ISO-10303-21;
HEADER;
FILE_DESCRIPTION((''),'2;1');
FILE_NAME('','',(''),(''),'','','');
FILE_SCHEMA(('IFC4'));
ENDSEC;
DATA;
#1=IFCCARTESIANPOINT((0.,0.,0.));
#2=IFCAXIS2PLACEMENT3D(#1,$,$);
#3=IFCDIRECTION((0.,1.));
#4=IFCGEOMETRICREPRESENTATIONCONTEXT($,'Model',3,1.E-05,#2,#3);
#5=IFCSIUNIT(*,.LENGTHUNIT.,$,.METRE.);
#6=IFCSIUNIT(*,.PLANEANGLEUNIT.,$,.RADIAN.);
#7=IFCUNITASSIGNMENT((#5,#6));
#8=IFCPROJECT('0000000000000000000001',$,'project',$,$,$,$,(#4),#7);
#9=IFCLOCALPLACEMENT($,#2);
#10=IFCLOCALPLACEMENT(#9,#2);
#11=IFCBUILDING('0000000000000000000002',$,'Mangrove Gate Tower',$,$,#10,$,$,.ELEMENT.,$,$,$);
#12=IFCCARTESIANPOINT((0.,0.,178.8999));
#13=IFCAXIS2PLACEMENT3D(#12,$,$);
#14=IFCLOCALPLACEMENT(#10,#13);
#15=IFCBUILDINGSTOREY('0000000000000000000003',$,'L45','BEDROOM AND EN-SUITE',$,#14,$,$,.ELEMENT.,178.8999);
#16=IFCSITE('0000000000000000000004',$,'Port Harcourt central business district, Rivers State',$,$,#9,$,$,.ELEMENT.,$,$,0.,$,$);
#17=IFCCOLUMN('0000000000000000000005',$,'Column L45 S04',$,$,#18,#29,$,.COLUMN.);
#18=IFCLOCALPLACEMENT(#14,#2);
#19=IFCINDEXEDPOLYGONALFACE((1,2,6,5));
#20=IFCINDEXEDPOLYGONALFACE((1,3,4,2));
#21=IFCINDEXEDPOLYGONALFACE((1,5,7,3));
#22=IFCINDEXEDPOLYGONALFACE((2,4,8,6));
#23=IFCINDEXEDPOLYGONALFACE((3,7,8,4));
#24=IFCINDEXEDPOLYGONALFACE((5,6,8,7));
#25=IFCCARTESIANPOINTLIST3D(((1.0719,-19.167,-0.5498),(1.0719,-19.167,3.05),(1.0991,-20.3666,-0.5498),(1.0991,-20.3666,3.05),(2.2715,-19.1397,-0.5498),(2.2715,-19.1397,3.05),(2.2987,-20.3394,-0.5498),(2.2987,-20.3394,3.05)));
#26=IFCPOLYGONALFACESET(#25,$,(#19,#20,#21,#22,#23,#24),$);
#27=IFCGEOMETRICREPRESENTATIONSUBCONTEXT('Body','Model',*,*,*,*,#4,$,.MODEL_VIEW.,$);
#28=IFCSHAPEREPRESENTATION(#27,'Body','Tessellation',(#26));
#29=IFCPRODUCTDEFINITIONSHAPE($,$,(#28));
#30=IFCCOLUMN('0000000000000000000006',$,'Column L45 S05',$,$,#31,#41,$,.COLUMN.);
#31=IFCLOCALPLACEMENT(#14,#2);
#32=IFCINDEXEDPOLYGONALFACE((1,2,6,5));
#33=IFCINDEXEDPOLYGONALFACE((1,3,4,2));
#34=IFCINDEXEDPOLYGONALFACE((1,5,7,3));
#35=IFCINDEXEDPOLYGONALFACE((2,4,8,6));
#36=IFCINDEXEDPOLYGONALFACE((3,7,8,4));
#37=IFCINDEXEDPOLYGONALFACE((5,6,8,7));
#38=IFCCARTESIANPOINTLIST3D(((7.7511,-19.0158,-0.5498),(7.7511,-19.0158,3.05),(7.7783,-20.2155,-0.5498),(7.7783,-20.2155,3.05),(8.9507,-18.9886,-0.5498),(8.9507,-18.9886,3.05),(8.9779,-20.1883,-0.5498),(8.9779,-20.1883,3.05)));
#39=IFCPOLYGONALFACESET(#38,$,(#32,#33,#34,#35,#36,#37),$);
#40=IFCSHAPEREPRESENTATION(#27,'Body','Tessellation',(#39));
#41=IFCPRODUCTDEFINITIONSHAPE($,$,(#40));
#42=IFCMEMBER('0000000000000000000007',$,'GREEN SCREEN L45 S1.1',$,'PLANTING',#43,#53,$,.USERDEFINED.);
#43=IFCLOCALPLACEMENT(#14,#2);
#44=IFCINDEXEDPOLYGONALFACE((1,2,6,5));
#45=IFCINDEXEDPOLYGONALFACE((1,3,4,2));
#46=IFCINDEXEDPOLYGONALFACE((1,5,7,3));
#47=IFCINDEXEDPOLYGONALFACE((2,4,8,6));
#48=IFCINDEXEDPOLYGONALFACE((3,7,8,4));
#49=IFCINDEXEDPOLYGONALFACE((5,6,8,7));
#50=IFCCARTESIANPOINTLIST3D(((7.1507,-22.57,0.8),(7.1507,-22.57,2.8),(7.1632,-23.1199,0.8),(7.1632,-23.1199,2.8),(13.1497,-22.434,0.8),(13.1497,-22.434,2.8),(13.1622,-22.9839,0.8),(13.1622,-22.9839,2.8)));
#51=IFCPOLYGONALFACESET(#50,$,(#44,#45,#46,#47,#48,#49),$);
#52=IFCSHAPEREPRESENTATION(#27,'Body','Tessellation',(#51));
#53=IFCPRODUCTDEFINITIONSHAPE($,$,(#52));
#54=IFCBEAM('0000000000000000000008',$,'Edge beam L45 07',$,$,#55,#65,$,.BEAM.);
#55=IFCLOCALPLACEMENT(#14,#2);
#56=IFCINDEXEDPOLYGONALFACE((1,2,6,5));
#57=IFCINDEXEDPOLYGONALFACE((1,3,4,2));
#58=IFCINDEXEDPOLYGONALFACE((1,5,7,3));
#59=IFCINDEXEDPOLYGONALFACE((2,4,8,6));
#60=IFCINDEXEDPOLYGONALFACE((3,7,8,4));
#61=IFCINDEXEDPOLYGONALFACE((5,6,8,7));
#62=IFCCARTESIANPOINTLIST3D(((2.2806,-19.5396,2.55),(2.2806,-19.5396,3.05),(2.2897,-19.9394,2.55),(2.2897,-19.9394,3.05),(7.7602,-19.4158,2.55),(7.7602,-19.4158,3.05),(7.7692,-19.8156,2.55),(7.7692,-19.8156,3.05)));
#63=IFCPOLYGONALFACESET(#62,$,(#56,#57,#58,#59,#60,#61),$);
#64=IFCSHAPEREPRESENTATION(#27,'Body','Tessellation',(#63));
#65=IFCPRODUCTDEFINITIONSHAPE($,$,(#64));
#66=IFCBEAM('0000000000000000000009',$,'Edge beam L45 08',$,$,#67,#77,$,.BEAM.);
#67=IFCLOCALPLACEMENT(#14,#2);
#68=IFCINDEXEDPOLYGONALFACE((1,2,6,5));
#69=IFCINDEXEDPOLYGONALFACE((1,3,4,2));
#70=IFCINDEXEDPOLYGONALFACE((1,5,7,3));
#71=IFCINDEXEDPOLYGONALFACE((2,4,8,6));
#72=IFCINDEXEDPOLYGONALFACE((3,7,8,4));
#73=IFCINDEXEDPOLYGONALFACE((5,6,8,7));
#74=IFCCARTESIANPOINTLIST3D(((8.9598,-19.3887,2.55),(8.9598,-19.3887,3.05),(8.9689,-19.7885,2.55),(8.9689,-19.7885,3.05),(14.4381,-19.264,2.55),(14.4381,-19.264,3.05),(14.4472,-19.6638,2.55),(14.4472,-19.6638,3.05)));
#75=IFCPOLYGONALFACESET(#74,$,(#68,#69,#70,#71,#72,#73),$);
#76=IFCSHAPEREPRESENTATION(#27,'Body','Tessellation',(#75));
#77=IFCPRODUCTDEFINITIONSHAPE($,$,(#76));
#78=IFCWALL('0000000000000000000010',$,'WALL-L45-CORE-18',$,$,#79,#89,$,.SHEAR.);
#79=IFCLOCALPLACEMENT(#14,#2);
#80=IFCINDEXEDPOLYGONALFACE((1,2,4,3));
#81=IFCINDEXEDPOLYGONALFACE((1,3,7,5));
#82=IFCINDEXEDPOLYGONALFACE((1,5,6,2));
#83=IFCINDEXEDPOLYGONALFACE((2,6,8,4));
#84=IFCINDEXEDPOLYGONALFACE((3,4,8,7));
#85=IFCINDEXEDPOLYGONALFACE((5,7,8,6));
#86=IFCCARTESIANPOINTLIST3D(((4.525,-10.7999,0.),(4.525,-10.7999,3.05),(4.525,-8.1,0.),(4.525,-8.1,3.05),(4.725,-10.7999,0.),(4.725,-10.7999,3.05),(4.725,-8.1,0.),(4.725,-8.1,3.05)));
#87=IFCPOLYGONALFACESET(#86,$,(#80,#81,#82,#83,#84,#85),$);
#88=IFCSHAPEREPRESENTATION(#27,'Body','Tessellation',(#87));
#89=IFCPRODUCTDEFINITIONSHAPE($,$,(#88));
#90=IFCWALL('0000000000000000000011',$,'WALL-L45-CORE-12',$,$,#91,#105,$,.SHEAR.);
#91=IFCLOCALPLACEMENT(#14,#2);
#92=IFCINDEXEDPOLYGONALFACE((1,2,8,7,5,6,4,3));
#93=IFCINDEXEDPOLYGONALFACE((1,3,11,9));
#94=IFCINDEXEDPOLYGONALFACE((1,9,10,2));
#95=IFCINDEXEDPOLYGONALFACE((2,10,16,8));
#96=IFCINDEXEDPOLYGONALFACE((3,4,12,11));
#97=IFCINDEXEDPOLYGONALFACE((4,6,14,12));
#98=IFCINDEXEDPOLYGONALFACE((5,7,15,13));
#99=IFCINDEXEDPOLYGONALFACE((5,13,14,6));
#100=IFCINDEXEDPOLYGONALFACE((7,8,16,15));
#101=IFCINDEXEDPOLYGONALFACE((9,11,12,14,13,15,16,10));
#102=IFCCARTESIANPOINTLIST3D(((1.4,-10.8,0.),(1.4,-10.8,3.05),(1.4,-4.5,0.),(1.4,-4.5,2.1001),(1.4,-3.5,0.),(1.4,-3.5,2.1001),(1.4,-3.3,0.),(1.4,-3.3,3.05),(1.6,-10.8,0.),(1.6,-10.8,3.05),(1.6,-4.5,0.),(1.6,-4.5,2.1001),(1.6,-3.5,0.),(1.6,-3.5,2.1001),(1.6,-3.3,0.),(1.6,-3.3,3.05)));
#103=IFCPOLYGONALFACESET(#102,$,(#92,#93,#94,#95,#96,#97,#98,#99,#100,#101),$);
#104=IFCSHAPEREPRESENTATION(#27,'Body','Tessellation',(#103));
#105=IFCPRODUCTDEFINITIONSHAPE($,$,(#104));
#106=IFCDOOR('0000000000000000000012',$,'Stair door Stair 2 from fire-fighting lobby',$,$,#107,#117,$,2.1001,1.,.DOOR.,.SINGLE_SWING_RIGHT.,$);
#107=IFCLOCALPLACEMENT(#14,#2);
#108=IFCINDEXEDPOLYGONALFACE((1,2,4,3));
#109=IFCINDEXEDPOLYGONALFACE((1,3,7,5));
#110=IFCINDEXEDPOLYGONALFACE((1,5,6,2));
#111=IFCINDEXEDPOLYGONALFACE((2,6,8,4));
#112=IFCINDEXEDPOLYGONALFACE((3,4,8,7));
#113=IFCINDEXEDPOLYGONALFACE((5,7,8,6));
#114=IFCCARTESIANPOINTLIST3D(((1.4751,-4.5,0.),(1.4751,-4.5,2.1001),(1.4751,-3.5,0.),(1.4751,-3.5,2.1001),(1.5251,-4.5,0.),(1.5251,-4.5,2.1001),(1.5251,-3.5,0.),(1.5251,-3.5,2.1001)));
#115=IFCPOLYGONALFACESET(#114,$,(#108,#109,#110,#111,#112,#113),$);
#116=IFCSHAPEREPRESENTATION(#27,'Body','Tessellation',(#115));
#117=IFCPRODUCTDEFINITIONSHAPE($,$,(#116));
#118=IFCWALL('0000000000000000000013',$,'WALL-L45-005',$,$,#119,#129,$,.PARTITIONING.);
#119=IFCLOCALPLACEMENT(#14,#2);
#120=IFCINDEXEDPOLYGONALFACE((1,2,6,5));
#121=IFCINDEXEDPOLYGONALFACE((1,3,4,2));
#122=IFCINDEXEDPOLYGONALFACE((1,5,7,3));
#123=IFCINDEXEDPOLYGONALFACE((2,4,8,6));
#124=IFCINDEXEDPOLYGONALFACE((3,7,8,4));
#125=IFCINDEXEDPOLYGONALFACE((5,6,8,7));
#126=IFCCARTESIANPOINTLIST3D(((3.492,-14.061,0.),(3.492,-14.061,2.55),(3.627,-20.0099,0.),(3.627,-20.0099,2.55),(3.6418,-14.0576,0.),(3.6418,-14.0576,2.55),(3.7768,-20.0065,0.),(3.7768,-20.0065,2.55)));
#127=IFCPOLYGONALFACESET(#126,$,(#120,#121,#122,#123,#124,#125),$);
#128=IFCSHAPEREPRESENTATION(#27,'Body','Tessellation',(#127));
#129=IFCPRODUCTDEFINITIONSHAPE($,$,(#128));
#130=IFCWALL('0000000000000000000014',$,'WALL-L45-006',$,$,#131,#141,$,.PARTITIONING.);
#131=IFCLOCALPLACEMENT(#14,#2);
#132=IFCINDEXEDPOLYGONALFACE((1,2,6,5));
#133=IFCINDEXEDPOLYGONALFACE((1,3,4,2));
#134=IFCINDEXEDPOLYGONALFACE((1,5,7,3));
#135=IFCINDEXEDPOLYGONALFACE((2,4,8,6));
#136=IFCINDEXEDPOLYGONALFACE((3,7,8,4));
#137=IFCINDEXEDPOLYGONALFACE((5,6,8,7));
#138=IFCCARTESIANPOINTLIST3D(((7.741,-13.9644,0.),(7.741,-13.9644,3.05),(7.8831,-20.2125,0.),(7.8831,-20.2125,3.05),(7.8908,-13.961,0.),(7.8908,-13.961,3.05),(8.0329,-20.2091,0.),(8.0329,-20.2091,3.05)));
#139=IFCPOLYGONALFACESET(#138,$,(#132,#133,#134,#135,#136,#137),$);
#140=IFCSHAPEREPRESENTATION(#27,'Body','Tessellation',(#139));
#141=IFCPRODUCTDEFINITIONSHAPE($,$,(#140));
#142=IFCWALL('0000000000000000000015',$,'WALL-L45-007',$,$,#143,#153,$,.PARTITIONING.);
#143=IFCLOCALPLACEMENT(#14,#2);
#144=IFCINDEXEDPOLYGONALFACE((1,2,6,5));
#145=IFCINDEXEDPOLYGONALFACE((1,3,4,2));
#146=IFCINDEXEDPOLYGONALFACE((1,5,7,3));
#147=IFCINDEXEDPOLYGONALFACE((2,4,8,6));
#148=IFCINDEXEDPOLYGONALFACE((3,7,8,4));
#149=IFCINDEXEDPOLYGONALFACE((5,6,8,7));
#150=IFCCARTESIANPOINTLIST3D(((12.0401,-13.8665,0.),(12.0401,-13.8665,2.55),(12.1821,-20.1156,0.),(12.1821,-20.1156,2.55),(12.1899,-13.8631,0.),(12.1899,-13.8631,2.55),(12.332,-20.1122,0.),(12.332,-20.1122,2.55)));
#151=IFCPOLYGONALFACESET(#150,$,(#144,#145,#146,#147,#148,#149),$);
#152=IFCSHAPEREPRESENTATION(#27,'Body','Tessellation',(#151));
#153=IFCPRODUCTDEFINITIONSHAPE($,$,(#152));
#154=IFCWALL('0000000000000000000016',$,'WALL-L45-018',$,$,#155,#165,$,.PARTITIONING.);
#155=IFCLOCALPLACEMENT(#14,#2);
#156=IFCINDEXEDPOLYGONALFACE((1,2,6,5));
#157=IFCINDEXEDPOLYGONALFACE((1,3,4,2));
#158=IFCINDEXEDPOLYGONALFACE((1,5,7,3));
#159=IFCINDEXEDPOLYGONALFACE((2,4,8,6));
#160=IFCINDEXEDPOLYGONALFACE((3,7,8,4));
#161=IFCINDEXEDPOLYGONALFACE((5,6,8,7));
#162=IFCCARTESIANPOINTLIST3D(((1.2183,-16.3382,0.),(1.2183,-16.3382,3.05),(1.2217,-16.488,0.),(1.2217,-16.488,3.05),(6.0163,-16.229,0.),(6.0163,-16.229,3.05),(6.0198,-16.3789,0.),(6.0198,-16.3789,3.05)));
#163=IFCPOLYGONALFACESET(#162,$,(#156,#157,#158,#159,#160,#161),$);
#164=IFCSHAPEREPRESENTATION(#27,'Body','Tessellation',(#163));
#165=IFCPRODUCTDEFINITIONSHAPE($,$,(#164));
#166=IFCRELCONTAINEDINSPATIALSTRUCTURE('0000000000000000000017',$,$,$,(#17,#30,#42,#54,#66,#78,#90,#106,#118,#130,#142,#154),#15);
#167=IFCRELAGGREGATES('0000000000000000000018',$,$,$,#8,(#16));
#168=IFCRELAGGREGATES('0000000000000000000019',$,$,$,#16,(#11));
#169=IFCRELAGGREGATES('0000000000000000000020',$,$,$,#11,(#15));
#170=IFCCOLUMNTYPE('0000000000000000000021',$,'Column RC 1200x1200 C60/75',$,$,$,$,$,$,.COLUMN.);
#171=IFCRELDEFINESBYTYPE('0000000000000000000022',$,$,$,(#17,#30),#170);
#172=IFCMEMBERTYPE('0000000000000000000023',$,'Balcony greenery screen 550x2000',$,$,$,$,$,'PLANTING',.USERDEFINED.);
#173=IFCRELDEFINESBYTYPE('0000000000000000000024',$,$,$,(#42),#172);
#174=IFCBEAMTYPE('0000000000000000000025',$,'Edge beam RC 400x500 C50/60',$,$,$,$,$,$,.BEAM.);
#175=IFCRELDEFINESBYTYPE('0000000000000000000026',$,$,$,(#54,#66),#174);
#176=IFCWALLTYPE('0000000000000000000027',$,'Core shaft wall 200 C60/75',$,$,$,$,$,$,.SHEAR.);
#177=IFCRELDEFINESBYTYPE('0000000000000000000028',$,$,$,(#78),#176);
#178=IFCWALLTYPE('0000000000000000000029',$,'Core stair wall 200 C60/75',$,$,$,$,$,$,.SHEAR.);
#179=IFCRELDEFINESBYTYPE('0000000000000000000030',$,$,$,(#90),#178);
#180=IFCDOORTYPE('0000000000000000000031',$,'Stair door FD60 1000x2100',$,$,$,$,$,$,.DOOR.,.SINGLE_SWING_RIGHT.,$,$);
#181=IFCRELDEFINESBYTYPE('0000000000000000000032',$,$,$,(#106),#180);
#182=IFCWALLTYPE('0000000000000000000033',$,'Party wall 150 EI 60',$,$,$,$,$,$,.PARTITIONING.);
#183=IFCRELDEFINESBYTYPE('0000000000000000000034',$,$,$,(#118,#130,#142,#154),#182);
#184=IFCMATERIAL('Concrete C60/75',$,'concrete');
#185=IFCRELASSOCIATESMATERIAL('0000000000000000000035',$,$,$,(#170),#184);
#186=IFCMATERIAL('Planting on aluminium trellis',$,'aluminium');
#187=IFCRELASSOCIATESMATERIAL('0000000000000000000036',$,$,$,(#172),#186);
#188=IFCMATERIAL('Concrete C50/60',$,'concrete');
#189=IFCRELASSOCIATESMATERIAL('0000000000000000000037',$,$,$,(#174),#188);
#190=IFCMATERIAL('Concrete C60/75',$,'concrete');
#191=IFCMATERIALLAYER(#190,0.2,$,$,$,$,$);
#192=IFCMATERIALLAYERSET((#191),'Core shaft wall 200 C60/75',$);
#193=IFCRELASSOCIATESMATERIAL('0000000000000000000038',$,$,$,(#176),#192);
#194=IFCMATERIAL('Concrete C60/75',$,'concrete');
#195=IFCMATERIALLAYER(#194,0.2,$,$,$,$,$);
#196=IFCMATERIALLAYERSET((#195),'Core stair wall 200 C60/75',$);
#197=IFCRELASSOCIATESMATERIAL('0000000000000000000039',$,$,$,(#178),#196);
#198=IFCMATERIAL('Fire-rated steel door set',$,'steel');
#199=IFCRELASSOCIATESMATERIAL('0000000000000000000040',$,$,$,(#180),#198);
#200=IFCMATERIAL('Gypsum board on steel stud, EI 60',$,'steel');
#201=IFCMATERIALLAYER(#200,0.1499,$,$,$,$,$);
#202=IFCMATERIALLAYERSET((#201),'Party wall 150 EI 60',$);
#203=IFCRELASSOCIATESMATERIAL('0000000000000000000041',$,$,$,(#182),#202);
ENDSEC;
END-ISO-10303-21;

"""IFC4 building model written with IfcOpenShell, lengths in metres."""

from ifc_helpers import new_model, si_unit, direction, frame, frame_2d, origin, origin_2d, place, context, subcontext, project, spatial, rectangle, extrude, material, layer, layer_set, material_profile, profile_set, type_object, element, fill, save


model = new_model("IFC4")

# Units and contexts
model_context = context("Model", 3, precision=1e-05, world=origin(), true_north=direction((0.0, 1.0)))
body_context = subcontext(model_context, "Body", "Model", "MODEL_VIEW")
ifc_project = project(units=[si_unit("LENGTHUNIT", "METRE"), si_unit("PLANEANGLEUNIT", "RADIAN")], contexts=[model_context])

# Site, building, storey
site_placement = place(None, origin())
site = spatial("IfcSite", under=ifc_project, at=site_placement, Name="Port Harcourt central business district, Rivers State", CompositionType="ELEMENT", RefElevation=0.0)
building_placement = place(site_placement, origin())
building = spatial("IfcBuilding", under=site, at=building_placement, Name="Mangrove Gate Tower", CompositionType="ELEMENT")
storey_placement = place(building_placement, frame((0.0, 0.0, 178.8999)))
storey = spatial("IfcBuildingStorey", under=building, at=storey_placement, Name="L45", Description="BEDROOM AND EN-SUITE", CompositionType="ELEMENT", Elevation=178.8999)

# Columns
ifc_material_1 = material(Name="Concrete C60/75", Category="concrete")
ifc_material_profile_1 = material_profile(ifc_material_1, rectangle(XDim=1.2, YDim=1.2, at=origin_2d()))
ifc_profile_set_1 = profile_set([ifc_material_profile_1], Name="Concrete C60/75")
column_type = type_object("IfcColumnType", Name="Column RC 1200x1200 C60/75", PredefinedType="COLUMN", material=ifc_profile_set_1)
for number, where, z_axis, x_axis, name in (
    (1, (1.6853, -19.7532, -0.5498), (0.0, 0.0, 1.0), (0.999743, 0.022679, 0.0), "Column L45 S04"),
    (2, (8.3645, -19.6021, -0.5498), (0.0, 0.0, 1.0), (0.999743, 0.022679, 0.0), "Column L45 S05"),
):
    element("IfcColumn", number, at=place(storey_placement, frame(where, z_axis=z_axis, x_axis=x_axis)), inside=storey, type_object=column_type, Name=name, PredefinedType="COLUMN", context=body_context, shape_type="SweptSolid", body=[
        extrude(rectangle(XDim=1.2, YDim=1.2, at=origin_2d()), origin(), (0.0, 0.0, 1.0), 3.5999),
    ])

# Member
ifc_material_2 = material(Name="Planting on aluminium trellis", Category="aluminium")
ifc_material_profile_2 = material_profile(ifc_material_2, rectangle(XDim=0.55, YDim=2.0, at=origin_2d()))
ifc_profile_set_2 = profile_set([ifc_material_profile_2], Name="Planting on aluminium trellis")
member_type = type_object("IfcMemberType", Name="Balcony greenery screen 550x2000", ElementType="PLANTING", PredefinedType="USERDEFINED", material=ifc_profile_set_2)
member_placement = place(storey_placement, frame((7.157, -22.845, 1.8), z_axis=(0.999743, 0.022662, 0.0), x_axis=(-0.022662, 0.999743, 0.0)))
element("IfcMember", 3, at=member_placement, inside=storey, type_object=member_type, Name="GREEN SCREEN L45 S1.1", ObjectType="PLANTING", PredefinedType="USERDEFINED", context=body_context, shape_type="SweptSolid", body=[
    extrude(rectangle(XDim=0.55, YDim=2.0, at=origin_2d()), origin(), (0.0, 0.0, 1.0), 6.0005),
])

# Beams
ifc_material_3 = material(Name="Concrete C50/60", Category="concrete")
ifc_material_profile_3 = material_profile(ifc_material_3, rectangle(XDim=0.3999, YDim=0.5, at=origin_2d()))
ifc_profile_set_3 = profile_set([ifc_material_profile_3], Name="Concrete C50/60")
beam_type = type_object("IfcBeamType", Name="Edge beam RC 400x500 C50/60", PredefinedType="BEAM", material=ifc_profile_set_3)
beam_1_placement = place(storey_placement, frame((2.2852, -19.7395, 2.8), z_axis=(0.999745, 0.022584, 0.0), x_axis=(-0.022584, 0.999745, 0.0)))
element("IfcBeam", 4, at=beam_1_placement, inside=storey, type_object=beam_type, Name="Edge beam L45 07", PredefinedType="BEAM", context=body_context, shape_type="SweptSolid", body=[
    extrude(rectangle(XDim=0.3999, YDim=0.5, at=origin_2d()), origin(), (0.0, 0.0, 1.0), 5.481),
])
beam_2_placement = place(storey_placement, frame((8.9644, -19.5886, 2.8), z_axis=(0.999741, 0.022767, 0.0), x_axis=(-0.022767, 0.999741, 0.0)))
element("IfcBeam", 5, at=beam_2_placement, inside=storey, type_object=beam_type, Name="Edge beam L45 08", PredefinedType="BEAM", context=body_context, shape_type="SweptSolid", body=[
    extrude(rectangle(XDim=0.3999, YDim=0.5, at=origin_2d()), origin(), (0.0, 0.0, 1.0), 5.4797),
])

# Wall
ifc_material_4 = material(Name="Concrete C60/75", Category="concrete")
ifc_layer_1 = layer(ifc_material_4, 0.2)
ifc_layer_set_1 = layer_set([ifc_layer_1], Name="Core shaft wall 200 C60/75")
wall_type_1 = type_object("IfcWallType", Name="Core shaft wall 200 C60/75", PredefinedType="SHEAR", material=ifc_layer_set_1)
wall_1_placement = place(storey_placement, frame((4.625, -10.8, 0.0), z_axis=(0.0, 0.0, 1.0), x_axis=(0.0, 1.0, 0.0)))
element("IfcWall", 6, at=wall_1_placement, inside=storey, type_object=wall_type_1, Name="WALL-L45-CORE-18", PredefinedType="SHEAR", context=body_context, shape_type="SweptSolid", body=[
    extrude(rectangle(XDim=2.7, YDim=0.2, at=frame_2d((1.3501, 0.0))), origin(), (0.0, 0.0, 1.0), 3.05),
])

# Wall, opening, door
ifc_material_5 = material(Name="Concrete C60/75", Category="concrete")
ifc_layer_2 = layer(ifc_material_5, 0.2)
ifc_layer_set_2 = layer_set([ifc_layer_2], Name="Core stair wall 200 C60/75")
wall_type_2 = type_object("IfcWallType", Name="Core stair wall 200 C60/75", PredefinedType="SHEAR", material=ifc_layer_set_2)
wall_2_placement = place(storey_placement, frame((1.5, -10.8, 0.0), z_axis=(0.0, 0.0, 1.0), x_axis=(0.0, 1.0, 0.0)))
wall_2 = element("IfcWall", 7, at=wall_2_placement, inside=storey, type_object=wall_type_2, Name="WALL-L45-CORE-12", PredefinedType="SHEAR", context=body_context, shape_type="SweptSolid", body=[
    extrude(rectangle(XDim=7.5, YDim=0.2, at=frame_2d((3.75, 0.0))), origin(), (0.0, 0.0, 1.0), 3.05),
])
opening_1_placement = place(wall_2_placement, frame((6.3, 0.0, 0.0)))
opening_1 = element("IfcOpeningElement", 8, at=opening_1_placement, cuts=wall_2, PredefinedType="OPENING", context=body_context, shape_type="SweptSolid", body=[
    extrude(rectangle(XDim=1.0, YDim=2.1001, at=frame_2d((0.5, 1.05))), frame((0.0, 0.1099, 0.0), z_axis=(0.0, -1.0, 0.0), x_axis=(1.0, 0.0, 0.0)), (0.0, 0.0, 1.0), 0.22),
])
ifc_material_6 = material(Name="Fire-rated steel door set", Category="steel")
door_type_1 = type_object("IfcDoorType", Name="Stair door FD60 1000x2100", OperationType="SINGLE_SWING_RIGHT", PredefinedType="DOOR", material=ifc_material_6)
door_1_placement = place(opening_1_placement, origin())
door_1 = element("IfcDoor", 9, at=door_1_placement, inside=storey, type_object=door_type_1, Name="Stair door Stair 2 from fire-fighting lobby", OperationType="SINGLE_SWING_RIGHT", OverallHeight=2.1001, OverallWidth=1.0, PredefinedType="DOOR", context=body_context, shape_type="SweptSolid", body=[
    extrude(rectangle(XDim=1.0, YDim=2.1001, at=frame_2d((0.5, 1.05))), frame((0.0, 0.0249, 0.0), z_axis=(0.0, -1.0, 0.0), x_axis=(1.0, 0.0, 0.0)), (0.0, 0.0, 1.0), 0.05),
])
fill(opening_1, door_1)

# Walls
ifc_material_7 = material(Name="Gypsum board on steel stud, EI 60", Category="steel")
ifc_layer_3 = layer(ifc_material_7, 0.1499)
ifc_layer_set_3 = layer_set([ifc_layer_3], Name="Party wall 150 EI 60")
wall_type_3 = type_object("IfcWallType", Name="Party wall 150 EI 60", PredefinedType="PARTITIONING", material=ifc_layer_set_3)
wall_3_placement = place(storey_placement, frame((3.7019, -20.0081, 0.0), z_axis=(0.0, 0.0, 1.0), x_axis=(-0.022689, 0.999743, 0.0)))
element("IfcWall", 10, at=wall_3_placement, inside=storey, type_object=wall_type_3, Name="WALL-L45-005", PredefinedType="PARTITIONING", context=body_context, shape_type="SweptSolid", body=[
    extrude(rectangle(XDim=5.9504, YDim=0.1499, at=frame_2d((2.9751, 0.0))), origin(), (0.0, 0.0, 1.0), 2.55),
])
wall_4_placement = place(storey_placement, frame((7.958, -20.2109, 0.0), z_axis=(0.0, 0.0, 1.0), x_axis=(-0.022736, 0.999742, 0.0)))
element("IfcWall", 11, at=wall_4_placement, inside=storey, type_object=wall_type_3, Name="WALL-L45-006", PredefinedType="PARTITIONING", context=body_context, shape_type="SweptSolid", body=[
    extrude(rectangle(XDim=6.2498, YDim=0.1499, at=frame_2d((3.125, 0.0))), origin(), (0.0, 0.0, 1.0), 3.05),
])
wall_5_placement = place(storey_placement, frame((12.2571, -20.114, 0.0), z_axis=(0.0, 0.0, 1.0), x_axis=(-0.022732, 0.999742, 0.0)))
element("IfcWall", 12, at=wall_5_placement, inside=storey, type_object=wall_type_3, Name="WALL-L45-007", PredefinedType="PARTITIONING", context=body_context, shape_type="SweptSolid", body=[
    extrude(rectangle(XDim=6.2507, YDim=0.1499, at=frame_2d((3.1255, 0.0))), origin(), (0.0, 0.0, 1.0), 2.55),
])
wall_6_placement = place(storey_placement, frame((1.22, -16.4131, 0.0), z_axis=(0.0, 0.0, 1.0), x_axis=(0.999741, 0.022739, 0.0)))
element("IfcWall", 13, at=wall_6_placement, inside=storey, type_object=wall_type_3, Name="WALL-L45-018", PredefinedType="PARTITIONING", context=body_context, shape_type="SweptSolid", body=[
    extrude(rectangle(XDim=4.7993, YDim=0.1499, at=frame_2d((2.3997, 0.0))), origin(), (0.0, 0.0, 1.0), 3.05),
])

save(model, "model.ifc")
